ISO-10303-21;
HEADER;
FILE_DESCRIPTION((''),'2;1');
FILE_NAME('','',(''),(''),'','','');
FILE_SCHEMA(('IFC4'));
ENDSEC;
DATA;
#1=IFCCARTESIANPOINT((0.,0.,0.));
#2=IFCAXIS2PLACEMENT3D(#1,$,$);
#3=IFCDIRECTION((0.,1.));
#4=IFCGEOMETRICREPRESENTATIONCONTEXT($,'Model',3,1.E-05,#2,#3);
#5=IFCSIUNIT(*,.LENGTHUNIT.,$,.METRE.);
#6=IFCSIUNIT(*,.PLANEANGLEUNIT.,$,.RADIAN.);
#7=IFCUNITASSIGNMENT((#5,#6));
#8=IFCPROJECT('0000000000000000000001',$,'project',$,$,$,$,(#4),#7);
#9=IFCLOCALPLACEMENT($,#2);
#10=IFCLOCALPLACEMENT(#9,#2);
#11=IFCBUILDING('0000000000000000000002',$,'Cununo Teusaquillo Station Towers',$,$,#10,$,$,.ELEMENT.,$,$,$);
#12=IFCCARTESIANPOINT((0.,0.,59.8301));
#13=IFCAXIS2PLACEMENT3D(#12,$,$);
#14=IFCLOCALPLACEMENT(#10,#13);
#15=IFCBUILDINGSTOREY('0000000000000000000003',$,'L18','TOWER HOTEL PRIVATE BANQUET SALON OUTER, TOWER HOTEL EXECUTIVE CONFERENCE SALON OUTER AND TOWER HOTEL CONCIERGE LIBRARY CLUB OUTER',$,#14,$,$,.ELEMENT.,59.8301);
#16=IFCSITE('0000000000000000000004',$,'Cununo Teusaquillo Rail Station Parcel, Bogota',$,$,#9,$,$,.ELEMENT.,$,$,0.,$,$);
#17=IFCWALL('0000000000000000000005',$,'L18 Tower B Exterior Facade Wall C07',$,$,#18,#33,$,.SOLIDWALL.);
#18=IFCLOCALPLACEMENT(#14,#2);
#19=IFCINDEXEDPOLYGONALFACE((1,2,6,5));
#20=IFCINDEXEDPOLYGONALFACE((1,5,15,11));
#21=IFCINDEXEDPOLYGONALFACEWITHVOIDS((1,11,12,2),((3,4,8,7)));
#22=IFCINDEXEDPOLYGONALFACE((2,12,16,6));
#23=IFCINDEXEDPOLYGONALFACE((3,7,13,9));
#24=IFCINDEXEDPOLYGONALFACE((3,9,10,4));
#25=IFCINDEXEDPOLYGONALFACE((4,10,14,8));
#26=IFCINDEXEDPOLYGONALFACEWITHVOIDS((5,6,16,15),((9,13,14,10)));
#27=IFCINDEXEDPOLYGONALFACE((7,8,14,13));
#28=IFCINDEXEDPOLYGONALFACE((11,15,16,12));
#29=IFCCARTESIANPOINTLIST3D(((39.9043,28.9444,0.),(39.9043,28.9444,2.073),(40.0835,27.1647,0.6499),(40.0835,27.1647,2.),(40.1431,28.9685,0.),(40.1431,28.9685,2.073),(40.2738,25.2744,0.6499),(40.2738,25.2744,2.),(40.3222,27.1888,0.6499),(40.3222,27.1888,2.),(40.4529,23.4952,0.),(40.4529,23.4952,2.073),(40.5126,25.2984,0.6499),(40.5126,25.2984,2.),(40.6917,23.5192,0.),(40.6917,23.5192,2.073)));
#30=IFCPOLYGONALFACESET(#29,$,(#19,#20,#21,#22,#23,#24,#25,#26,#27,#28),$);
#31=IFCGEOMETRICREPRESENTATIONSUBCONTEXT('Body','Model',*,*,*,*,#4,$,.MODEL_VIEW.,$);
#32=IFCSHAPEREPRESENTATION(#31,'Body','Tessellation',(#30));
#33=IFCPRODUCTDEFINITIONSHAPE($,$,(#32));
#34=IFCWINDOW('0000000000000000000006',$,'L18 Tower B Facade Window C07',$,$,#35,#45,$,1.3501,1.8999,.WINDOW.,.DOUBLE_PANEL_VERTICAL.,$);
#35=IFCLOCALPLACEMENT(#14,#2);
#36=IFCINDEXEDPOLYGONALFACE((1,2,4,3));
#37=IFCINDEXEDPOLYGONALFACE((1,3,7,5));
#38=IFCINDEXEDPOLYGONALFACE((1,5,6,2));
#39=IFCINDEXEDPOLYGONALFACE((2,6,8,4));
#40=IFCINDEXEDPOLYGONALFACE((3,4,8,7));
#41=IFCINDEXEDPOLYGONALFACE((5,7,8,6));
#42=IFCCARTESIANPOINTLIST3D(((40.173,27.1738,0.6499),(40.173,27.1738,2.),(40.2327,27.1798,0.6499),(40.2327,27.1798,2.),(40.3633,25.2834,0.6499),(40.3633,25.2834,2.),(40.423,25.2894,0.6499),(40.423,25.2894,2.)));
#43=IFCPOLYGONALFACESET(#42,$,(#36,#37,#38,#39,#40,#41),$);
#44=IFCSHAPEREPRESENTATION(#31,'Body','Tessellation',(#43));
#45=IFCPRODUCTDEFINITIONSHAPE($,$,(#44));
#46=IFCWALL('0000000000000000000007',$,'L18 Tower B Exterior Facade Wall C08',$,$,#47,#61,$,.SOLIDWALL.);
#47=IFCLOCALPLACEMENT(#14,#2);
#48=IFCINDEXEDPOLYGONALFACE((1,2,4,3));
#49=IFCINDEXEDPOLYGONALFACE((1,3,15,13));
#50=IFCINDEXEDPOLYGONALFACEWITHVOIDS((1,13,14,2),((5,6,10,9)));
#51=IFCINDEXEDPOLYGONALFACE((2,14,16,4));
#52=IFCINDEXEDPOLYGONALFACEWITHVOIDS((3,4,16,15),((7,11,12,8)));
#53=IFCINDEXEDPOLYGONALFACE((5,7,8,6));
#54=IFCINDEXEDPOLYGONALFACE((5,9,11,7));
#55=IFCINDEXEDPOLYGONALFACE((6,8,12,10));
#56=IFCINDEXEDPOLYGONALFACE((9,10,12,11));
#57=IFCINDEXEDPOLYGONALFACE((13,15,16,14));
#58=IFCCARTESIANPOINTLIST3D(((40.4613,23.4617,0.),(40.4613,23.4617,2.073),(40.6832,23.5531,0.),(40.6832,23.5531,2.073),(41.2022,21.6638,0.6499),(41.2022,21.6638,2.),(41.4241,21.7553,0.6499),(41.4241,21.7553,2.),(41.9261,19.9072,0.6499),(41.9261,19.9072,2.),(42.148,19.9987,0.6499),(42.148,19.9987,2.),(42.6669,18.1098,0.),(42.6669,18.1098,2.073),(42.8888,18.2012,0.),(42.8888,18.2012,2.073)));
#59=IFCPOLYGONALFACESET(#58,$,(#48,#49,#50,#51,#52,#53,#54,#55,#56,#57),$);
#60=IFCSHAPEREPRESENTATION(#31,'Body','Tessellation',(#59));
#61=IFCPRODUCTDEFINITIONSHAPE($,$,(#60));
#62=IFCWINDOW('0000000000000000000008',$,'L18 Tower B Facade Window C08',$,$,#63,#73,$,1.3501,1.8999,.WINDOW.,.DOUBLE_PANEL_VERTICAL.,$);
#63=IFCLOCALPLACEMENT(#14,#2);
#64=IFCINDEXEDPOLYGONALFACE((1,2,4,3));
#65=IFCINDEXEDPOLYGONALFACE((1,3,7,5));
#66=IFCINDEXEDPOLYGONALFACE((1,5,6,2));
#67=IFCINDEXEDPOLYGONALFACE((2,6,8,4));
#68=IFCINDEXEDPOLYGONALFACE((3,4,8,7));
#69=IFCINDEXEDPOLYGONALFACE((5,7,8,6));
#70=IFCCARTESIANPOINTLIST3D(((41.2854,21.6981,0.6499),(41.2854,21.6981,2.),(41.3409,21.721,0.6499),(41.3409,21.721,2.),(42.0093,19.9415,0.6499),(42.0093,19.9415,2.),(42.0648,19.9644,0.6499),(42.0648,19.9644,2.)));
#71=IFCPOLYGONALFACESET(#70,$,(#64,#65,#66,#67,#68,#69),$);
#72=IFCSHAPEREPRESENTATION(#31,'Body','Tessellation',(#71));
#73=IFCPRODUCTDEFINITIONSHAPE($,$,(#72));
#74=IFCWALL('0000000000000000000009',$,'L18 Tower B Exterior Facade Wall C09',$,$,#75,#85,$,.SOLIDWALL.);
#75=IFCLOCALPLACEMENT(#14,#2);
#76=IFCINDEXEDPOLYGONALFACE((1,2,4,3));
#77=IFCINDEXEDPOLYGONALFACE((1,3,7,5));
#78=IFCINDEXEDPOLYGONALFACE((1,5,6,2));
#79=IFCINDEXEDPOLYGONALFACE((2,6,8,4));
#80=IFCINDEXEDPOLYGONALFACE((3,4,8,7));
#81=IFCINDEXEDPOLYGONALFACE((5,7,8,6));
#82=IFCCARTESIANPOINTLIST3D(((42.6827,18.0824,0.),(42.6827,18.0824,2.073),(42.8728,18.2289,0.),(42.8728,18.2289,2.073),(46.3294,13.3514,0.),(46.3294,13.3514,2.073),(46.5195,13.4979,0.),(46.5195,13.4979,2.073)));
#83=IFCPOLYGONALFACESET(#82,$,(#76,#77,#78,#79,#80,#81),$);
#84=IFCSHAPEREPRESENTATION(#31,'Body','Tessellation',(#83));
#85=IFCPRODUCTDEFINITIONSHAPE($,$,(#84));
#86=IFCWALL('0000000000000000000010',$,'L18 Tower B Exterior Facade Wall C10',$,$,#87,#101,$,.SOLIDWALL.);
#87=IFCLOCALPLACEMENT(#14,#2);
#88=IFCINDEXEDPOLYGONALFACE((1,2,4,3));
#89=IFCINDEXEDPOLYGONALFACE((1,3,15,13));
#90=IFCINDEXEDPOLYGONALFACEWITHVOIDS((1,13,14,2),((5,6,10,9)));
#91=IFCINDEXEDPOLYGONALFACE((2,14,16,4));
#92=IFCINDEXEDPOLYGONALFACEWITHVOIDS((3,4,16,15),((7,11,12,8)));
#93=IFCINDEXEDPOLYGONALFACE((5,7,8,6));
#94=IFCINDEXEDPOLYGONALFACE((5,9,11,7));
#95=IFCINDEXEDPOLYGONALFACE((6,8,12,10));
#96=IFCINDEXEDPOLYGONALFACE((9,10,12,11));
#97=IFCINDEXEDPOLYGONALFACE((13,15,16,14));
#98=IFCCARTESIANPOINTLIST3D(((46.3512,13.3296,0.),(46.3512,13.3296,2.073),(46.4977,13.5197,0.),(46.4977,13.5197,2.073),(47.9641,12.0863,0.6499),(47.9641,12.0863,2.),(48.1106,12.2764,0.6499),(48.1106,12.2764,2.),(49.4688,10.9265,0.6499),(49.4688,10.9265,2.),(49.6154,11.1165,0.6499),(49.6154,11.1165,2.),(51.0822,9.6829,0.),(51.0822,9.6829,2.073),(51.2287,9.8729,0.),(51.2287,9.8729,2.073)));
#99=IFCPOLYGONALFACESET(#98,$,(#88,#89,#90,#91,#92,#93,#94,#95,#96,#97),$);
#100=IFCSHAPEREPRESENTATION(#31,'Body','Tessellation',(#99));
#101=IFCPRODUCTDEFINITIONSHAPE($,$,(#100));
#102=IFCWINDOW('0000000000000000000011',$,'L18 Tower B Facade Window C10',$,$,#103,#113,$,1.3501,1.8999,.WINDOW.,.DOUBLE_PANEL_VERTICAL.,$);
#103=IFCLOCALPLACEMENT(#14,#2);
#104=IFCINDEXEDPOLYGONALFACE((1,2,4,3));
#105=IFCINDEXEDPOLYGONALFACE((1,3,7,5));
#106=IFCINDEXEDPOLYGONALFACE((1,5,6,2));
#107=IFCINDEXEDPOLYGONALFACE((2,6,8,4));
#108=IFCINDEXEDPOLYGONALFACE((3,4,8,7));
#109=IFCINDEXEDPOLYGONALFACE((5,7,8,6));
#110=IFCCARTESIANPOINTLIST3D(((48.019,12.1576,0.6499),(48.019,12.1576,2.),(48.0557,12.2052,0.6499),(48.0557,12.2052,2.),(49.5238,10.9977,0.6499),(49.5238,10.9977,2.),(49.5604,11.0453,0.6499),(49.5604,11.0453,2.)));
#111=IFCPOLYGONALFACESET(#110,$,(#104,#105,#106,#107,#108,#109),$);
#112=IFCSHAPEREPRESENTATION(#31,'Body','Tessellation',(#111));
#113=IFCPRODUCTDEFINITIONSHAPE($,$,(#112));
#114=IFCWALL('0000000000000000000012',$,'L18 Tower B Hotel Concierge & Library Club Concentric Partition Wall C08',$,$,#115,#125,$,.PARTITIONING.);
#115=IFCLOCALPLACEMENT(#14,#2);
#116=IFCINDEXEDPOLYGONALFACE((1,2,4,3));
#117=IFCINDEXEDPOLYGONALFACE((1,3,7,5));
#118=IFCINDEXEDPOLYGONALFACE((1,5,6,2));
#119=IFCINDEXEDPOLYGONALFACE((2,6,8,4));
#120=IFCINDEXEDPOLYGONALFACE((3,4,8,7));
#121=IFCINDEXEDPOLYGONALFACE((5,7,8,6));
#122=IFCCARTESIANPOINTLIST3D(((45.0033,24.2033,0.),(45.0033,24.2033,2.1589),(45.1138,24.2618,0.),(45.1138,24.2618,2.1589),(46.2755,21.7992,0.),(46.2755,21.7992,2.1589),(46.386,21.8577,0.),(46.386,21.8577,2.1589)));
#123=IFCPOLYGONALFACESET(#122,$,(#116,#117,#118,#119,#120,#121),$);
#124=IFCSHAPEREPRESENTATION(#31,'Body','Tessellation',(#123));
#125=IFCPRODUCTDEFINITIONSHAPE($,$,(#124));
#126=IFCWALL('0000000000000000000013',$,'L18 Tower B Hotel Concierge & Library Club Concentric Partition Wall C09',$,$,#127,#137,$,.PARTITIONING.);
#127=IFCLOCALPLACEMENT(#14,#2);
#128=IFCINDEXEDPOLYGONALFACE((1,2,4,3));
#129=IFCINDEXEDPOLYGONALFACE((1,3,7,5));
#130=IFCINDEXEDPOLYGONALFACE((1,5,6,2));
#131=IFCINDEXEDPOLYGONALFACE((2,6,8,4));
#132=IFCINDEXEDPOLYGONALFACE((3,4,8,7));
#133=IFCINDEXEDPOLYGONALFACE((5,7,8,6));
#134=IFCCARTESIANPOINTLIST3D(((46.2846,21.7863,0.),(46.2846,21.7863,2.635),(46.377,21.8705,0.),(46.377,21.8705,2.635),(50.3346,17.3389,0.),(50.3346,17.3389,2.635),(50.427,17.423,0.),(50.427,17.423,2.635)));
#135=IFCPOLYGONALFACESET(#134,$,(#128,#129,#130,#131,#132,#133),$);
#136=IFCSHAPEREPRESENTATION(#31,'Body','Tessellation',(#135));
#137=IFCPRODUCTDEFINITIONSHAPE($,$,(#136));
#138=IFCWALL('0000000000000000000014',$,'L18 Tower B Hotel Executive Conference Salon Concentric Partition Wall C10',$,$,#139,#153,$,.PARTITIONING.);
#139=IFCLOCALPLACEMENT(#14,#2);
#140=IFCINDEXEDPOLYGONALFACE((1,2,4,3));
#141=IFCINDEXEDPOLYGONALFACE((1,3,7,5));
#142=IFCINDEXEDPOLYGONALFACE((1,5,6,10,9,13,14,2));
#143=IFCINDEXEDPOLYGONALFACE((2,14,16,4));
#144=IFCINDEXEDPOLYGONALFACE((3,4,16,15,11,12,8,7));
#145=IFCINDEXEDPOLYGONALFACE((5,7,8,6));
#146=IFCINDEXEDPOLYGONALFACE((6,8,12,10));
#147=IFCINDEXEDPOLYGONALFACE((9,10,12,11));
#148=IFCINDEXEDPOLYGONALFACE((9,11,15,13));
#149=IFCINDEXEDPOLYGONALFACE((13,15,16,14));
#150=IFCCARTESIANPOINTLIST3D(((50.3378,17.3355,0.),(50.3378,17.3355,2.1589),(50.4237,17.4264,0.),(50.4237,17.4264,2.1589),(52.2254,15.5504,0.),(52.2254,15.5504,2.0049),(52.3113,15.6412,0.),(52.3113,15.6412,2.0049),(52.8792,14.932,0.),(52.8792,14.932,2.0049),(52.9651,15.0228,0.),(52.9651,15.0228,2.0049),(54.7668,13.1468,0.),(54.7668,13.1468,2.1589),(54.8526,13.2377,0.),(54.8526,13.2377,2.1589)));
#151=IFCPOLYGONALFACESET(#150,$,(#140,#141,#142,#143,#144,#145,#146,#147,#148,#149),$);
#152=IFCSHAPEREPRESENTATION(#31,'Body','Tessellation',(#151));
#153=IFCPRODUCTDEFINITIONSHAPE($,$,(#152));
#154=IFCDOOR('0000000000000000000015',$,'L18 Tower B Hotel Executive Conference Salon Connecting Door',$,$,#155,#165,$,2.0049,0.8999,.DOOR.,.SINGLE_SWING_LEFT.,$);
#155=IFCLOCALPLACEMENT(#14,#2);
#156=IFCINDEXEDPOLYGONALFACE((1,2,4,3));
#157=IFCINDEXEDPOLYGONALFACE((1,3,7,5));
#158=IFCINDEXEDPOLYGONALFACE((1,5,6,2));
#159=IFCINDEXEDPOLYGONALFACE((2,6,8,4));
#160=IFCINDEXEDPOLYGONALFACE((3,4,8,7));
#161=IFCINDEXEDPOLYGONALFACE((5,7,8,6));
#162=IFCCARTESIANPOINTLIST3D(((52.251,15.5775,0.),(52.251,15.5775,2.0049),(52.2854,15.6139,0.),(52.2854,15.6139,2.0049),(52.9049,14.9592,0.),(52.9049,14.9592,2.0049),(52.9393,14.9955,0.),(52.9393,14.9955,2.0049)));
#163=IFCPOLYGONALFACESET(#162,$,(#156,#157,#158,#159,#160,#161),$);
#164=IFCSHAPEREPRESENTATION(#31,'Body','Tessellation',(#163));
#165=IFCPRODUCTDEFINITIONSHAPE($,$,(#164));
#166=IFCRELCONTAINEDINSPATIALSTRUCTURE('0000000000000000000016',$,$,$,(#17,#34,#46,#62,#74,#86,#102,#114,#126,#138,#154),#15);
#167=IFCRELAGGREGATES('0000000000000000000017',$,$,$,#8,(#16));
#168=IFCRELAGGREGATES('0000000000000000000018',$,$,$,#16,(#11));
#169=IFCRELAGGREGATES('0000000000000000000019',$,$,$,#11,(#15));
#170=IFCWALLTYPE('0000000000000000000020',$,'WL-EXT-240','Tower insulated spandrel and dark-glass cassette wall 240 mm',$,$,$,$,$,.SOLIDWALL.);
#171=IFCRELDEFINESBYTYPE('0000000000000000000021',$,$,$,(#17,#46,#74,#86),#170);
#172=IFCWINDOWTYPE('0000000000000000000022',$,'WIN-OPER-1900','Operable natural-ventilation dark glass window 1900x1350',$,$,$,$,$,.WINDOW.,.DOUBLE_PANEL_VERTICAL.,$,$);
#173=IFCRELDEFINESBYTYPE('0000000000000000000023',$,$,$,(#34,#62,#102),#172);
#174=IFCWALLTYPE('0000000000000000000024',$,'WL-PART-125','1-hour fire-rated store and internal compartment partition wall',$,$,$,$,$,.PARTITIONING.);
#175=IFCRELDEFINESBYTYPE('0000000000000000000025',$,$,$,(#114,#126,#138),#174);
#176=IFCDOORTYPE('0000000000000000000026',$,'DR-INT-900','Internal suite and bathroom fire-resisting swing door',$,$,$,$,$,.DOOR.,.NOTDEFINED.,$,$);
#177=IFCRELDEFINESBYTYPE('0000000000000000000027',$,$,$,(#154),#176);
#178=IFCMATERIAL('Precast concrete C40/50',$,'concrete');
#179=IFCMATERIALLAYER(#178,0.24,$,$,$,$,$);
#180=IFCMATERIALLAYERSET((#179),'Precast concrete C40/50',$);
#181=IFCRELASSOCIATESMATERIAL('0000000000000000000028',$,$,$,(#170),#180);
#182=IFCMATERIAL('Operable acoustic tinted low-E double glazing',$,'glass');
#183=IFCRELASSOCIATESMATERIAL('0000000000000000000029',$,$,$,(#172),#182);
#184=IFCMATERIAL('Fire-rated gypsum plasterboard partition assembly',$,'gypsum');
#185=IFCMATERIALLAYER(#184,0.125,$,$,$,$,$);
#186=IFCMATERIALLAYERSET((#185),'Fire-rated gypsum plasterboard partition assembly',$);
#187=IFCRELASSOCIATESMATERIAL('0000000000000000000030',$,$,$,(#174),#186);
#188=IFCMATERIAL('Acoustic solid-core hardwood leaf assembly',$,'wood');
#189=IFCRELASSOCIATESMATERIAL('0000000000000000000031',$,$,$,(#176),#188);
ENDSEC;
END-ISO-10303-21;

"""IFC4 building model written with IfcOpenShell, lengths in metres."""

from ifc_helpers import new_model, si_unit, direction, frame, frame_2d, origin, place, context, subcontext, project, spatial, rectangle, extrude, source, transform, mapped, material, layer, layer_set, type_object, element, fill, save


model = new_model("IFC4")

# Units and contexts
model_context = context("Model", 3, precision=1e-05, world=origin(), true_north=direction((0.0, 1.0)))
body_context = subcontext(model_context, "Body", "Model", "MODEL_VIEW")
ifc_project = project(units=[si_unit("LENGTHUNIT", "METRE"), si_unit("PLANEANGLEUNIT", "RADIAN")], contexts=[model_context])

# Site, building, storey
site_placement = place(None, origin())
site = spatial("IfcSite", under=ifc_project, at=site_placement, Name="Cununo Teusaquillo Rail Station Parcel, Bogota", CompositionType="ELEMENT", RefElevation=0.0)
building_placement = place(site_placement, origin())
building = spatial("IfcBuilding", under=site, at=building_placement, Name="Cununo Teusaquillo Station Towers", CompositionType="ELEMENT")
storey_placement = place(building_placement, frame((0.0, 0.0, 59.8301)))
storey = spatial("IfcBuildingStorey", under=building, at=storey_placement, Name="L18", Description="TOWER HOTEL PRIVATE BANQUET SALON OUTER, TOWER HOTEL EXECUTIVE CONFERENCE SALON OUTER AND TOWER HOTEL CONCIERGE LIBRARY CLUB OUTER", CompositionType="ELEMENT", Elevation=59.8301)

# Shared definitions
ifc_material_1 = material(Name="Precast concrete C40/50", Category="concrete")
ifc_layer_1 = layer(ifc_material_1, 0.24)
ifc_layer_set_1 = layer_set([ifc_layer_1], Name="Precast concrete C40/50")
wall_type_1 = type_object("IfcWallType", Name="WL-EXT-240", Description="Tower insulated spandrel and dark-glass cassette wall 240 mm", PredefinedType="SOLIDWALL", material=ifc_layer_set_1)

# Walls, openings, windows
shared_shape_1 = source(origin(), body_context, "Body", "SweptSolid", [
    extrude(rectangle(XDim=1.8999, YDim=1.3501, at=frame_2d((0.95, 0.675))), frame((0.0, 0.1299, 0.0), z_axis=(0.0, -1.0, 0.0), x_axis=(1.0, 0.0, 0.0)), (0.0, 0.0, 1.0), 0.26),
])
ifc_material_2 = material(Name="Operable acoustic tinted low-E double glazing", Category="glass")
window_type = type_object("IfcWindowType", Name="WIN-OPER-1900", Description="Operable natural-ventilation dark glass window 1900x1350", PartitioningType="DOUBLE_PANEL_VERTICAL", PredefinedType="WINDOW", material=ifc_material_2)
shared_shape_2 = source(origin(), body_context, "Body", "SweptSolid", [
    extrude(rectangle(XDim=1.8999, YDim=1.3501, at=frame_2d((0.95, 0.675))), frame((0.0, 0.03, 0.0), z_axis=(0.0, -1.0, 0.0), x_axis=(1.0, 0.0, 0.0)), (0.0, 0.0, 1.0), 0.0601),
])
wall_1_placement = place(storey_placement, frame((40.5723, 23.5073, 0.0), z_axis=(0.0, 0.0, 1.0), x_axis=(-0.100166, 0.994971, 0.0)))
wall_1 = element("IfcWall", 1, at=wall_1_placement, inside=storey, type_object=wall_type_1, Name="L18 Tower B Exterior Facade Wall C07", PredefinedType="SOLIDWALL", context=body_context, shape_type="SweptSolid", body=[
    extrude(rectangle(XDim=5.4768, YDim=0.24, at=frame_2d((2.7383, 0.0))), origin(), (0.0, 0.0, 1.0), 2.073),
])
opening_1_placement = place(wall_1_placement, frame((1.7881, 0.0, 0.6499)))
opening_1 = element("IfcOpeningElement", 2, at=opening_1_placement, cuts=wall_1, PredefinedType="OPENING", context=body_context, shape_type="MappedRepresentation", body=[
    mapped(shared_shape_1, transform((0.0, 0.0, 0.0), x_axis=(1.0, 0.0, 0.0), y_axis=(0.0, 1.0, 0.0), z_axis=(0.0, 0.0, 1.0), scale=1.0)),
])
window_1_placement = place(opening_1_placement, origin())
window_1 = element("IfcWindow", 3, at=window_1_placement, inside=storey, type_object=window_type, Name="L18 Tower B Facade Window C07", OverallHeight=1.3501, OverallWidth=1.8999, PartitioningType="DOUBLE_PANEL_VERTICAL", PredefinedType="WINDOW", context=body_context, shape_type="MappedRepresentation", body=[
    mapped(shared_shape_2, transform((0.0, 0.0, 0.0), x_axis=(1.0, 0.0, 0.0), y_axis=(0.0, 1.0, 0.0), z_axis=(0.0, 0.0, 1.0), scale=1.0)),
])
fill(opening_1, window_1)
wall_2_placement = place(storey_placement, frame((42.7778, 18.1555, 0.0), z_axis=(0.0, 0.0, 1.0), x_axis=(-0.381028, 0.924564, 0.0)))
wall_2 = element("IfcWall", 4, at=wall_2_placement, inside=storey, type_object=wall_type_1, Name="L18 Tower B Exterior Facade Wall C08", PredefinedType="SOLIDWALL", context=body_context, shape_type="SweptSolid", body=[
    extrude(rectangle(XDim=5.7886, YDim=0.24, at=frame_2d((2.8943, 0.0))), origin(), (0.0, 0.0, 1.0), 2.073),
])
opening_2_placement = place(wall_2_placement, frame((1.9441, 0.0, 0.6499)))
opening_2 = element("IfcOpeningElement", 5, at=opening_2_placement, cuts=wall_2, PredefinedType="OPENING", context=body_context, shape_type="MappedRepresentation", body=[
    mapped(shared_shape_1, transform((0.0, 0.0, 0.0), x_axis=(1.0, 0.0, 0.0), y_axis=(0.0, 1.0, 0.0), z_axis=(0.0, 0.0, 1.0), scale=1.0)),
])
window_2_placement = place(opening_2_placement, origin())
window_2 = element("IfcWindow", 6, at=window_2_placement, inside=storey, type_object=window_type, Name="L18 Tower B Facade Window C08", OverallHeight=1.3501, OverallWidth=1.8999, PartitioningType="DOUBLE_PANEL_VERTICAL", PredefinedType="WINDOW", context=body_context, shape_type="MappedRepresentation", body=[
    mapped(shared_shape_2, transform((0.0, 0.0, 0.0), x_axis=(1.0, 0.0, 0.0), y_axis=(0.0, 1.0, 0.0), z_axis=(0.0, 0.0, 1.0), scale=1.0)),
])
fill(opening_2, window_2)

# Wall
wall_3_placement = place(storey_placement, frame((46.4246, 13.4246, 0.0), z_axis=(0.0, 0.0, 1.0), x_axis=(-0.610503, 0.792014, 0.0)))
element("IfcWall", 7, at=wall_3_placement, inside=storey, type_object=wall_type_1, Name="L18 Tower B Exterior Facade Wall C09", PredefinedType="SOLIDWALL", context=body_context, shape_type="SweptSolid", body=[
    extrude(rectangle(XDim=5.9734, YDim=0.24, at=frame_2d((2.9868, 0.0))), origin(), (0.0, 0.0, 1.0), 2.073),
])

# Wall, opening, window
wall_4_placement = place(storey_placement, frame((51.1555, 9.7778, 0.0), z_axis=(0.0, 0.0, 1.0), x_axis=(-0.792014, 0.610503, 0.0)))
wall_4 = element("IfcWall", 8, at=wall_4_placement, inside=storey, type_object=wall_type_1, Name="L18 Tower B Exterior Facade Wall C10", PredefinedType="SOLIDWALL", context=body_context, shape_type="SweptSolid", body=[
    extrude(rectangle(XDim=5.9734, YDim=0.24, at=frame_2d((2.9868, 0.0))), origin(), (0.0, 0.0, 1.0), 2.073),
])
opening_3_placement = place(wall_4_placement, frame((2.0371, 0.0, 0.6499)))
opening_3 = element("IfcOpeningElement", 9, at=opening_3_placement, cuts=wall_4, PredefinedType="OPENING", context=body_context, shape_type="MappedRepresentation", body=[
    mapped(shared_shape_1, transform((0.0, 0.0, 0.0), x_axis=(1.0, 0.0, 0.0), y_axis=(0.0, 1.0, 0.0), z_axis=(0.0, 0.0, 1.0), scale=1.0)),
])
window_3_placement = place(opening_3_placement, origin())
window_3 = element("IfcWindow", 10, at=window_3_placement, inside=storey, type_object=window_type, Name="L18 Tower B Facade Window C10", OverallHeight=1.3501, OverallWidth=1.8999, PartitioningType="DOUBLE_PANEL_VERTICAL", PredefinedType="WINDOW", context=body_context, shape_type="MappedRepresentation", body=[
    mapped(shared_shape_2, transform((0.0, 0.0, 0.0), x_axis=(1.0, 0.0, 0.0), y_axis=(0.0, 1.0, 0.0), z_axis=(0.0, 0.0, 1.0), scale=1.0)),
])
fill(opening_3, window_3)

# Walls
ifc_material_3 = material(Name="Fire-rated gypsum plasterboard partition assembly", Category="gypsum")
ifc_layer_2 = layer(ifc_material_3, 0.125)
ifc_layer_set_2 = layer_set([ifc_layer_2], Name="Fire-rated gypsum plasterboard partition assembly")
wall_type_2 = type_object("IfcWallType", Name="WL-PART-125", Description="1-hour fire-rated store and internal compartment partition wall", PredefinedType="PARTITIONING", material=ifc_layer_set_2)
wall_5_placement = place(storey_placement, frame((45.0586, 24.2324, 0.0), z_axis=(0.0, 0.0, 1.0), x_axis=(0.467739, -0.883867, 0.0)))
element("IfcWall", 11, at=wall_5_placement, inside=storey, type_object=wall_type_2, Name="L18 Tower B Hotel Concierge & Library Club Concentric Partition Wall C08", PredefinedType="PARTITIONING", context=body_context, shape_type="SweptSolid", body=[
    extrude(rectangle(XDim=2.72, YDim=0.125, at=frame_2d((1.3599, 0.0))), origin(), (0.0, 0.0, 1.0), 2.1589),
])
wall_6_placement = place(storey_placement, frame((46.3308, 21.8284, 0.0), z_axis=(0.0, 0.0, 1.0), x_axis=(0.673297, -0.739372, 0.0)))
element("IfcWall", 12, at=wall_6_placement, inside=storey, type_object=wall_type_2, Name="L18 Tower B Hotel Concierge & Library Club Concentric Partition Wall C09", PredefinedType="PARTITIONING", context=body_context, shape_type="SweptSolid", body=[
    extrude(rectangle(XDim=6.0151, YDim=0.125, at=frame_2d((3.0076, 0.0))), origin(), (0.0, 0.0, 1.0), 2.635),
])

# Wall, opening, door
wall_7_placement = place(storey_placement, frame((50.3809, 17.3809, 0.0), z_axis=(0.0, 0.0, 1.0), x_axis=(0.726537, -0.687128, 0.0)))
wall_7 = element("IfcWall", 13, at=wall_7_placement, inside=storey, type_object=wall_type_2, Name="L18 Tower B Hotel Executive Conference Salon Concentric Partition Wall C10", PredefinedType="PARTITIONING", context=body_context, shape_type="SweptSolid", body=[
    extrude(rectangle(XDim=6.0959, YDim=0.125, at=frame_2d((3.0479, 0.0))), origin(), (0.0, 0.0, 1.0), 2.1589),
])
shared_shape_3 = source(origin(), body_context, "Body", "SweptSolid", [
    extrude(rectangle(XDim=0.8999, YDim=2.0049, at=frame_2d((0.45, 1.0024))), frame((0.0, 0.0725, 0.0), z_axis=(0.0, -1.0, 0.0), x_axis=(1.0, 0.0, 0.0)), (0.0, 0.0, 1.0), 0.145),
])
opening_4_placement = place(wall_7_placement, frame((2.5979, 0.0, 0.0)))
opening_4 = element("IfcOpeningElement", 14, at=opening_4_placement, cuts=wall_7, PredefinedType="OPENING", context=body_context, shape_type="MappedRepresentation", body=[
    mapped(shared_shape_3, transform((0.0, 0.0, 0.0), x_axis=(1.0, 0.0, 0.0), y_axis=(0.0, 1.0, 0.0), z_axis=(0.0, 0.0, 1.0), scale=1.0)),
])
ifc_material_4 = material(Name="Acoustic solid-core hardwood leaf assembly", Category="wood")
door_type_1 = type_object("IfcDoorType", Name="DR-INT-900", Description="Internal suite and bathroom fire-resisting swing door", OperationType="NOTDEFINED", PredefinedType="DOOR", material=ifc_material_4)
shared_shape_4 = source(origin(), body_context, "Body", "SweptSolid", [
    extrude(rectangle(XDim=0.8999, YDim=2.0049, at=frame_2d((0.45, 1.0024))), frame((0.0, 0.0249, 0.0), z_axis=(0.0, -1.0, 0.0), x_axis=(1.0, 0.0, 0.0)), (0.0, 0.0, 1.0), 0.05),
])
door_1_placement = place(opening_4_placement, origin())
door_1 = element("IfcDoor", 15, at=door_1_placement, inside=storey, type_object=door_type_1, Name="L18 Tower B Hotel Executive Conference Salon Connecting Door", OperationType="SINGLE_SWING_LEFT", OverallHeight=2.0049, OverallWidth=0.8999, PredefinedType="DOOR", context=body_context, shape_type="MappedRepresentation", body=[
    mapped(shared_shape_4, transform((0.0, 0.0, 0.0), x_axis=(1.0, 0.0, 0.0), y_axis=(0.0, 1.0, 0.0), z_axis=(0.0, 0.0, 1.0), scale=1.0)),
])
fill(opening_4, door_1)

save(model, "model.ifc")
